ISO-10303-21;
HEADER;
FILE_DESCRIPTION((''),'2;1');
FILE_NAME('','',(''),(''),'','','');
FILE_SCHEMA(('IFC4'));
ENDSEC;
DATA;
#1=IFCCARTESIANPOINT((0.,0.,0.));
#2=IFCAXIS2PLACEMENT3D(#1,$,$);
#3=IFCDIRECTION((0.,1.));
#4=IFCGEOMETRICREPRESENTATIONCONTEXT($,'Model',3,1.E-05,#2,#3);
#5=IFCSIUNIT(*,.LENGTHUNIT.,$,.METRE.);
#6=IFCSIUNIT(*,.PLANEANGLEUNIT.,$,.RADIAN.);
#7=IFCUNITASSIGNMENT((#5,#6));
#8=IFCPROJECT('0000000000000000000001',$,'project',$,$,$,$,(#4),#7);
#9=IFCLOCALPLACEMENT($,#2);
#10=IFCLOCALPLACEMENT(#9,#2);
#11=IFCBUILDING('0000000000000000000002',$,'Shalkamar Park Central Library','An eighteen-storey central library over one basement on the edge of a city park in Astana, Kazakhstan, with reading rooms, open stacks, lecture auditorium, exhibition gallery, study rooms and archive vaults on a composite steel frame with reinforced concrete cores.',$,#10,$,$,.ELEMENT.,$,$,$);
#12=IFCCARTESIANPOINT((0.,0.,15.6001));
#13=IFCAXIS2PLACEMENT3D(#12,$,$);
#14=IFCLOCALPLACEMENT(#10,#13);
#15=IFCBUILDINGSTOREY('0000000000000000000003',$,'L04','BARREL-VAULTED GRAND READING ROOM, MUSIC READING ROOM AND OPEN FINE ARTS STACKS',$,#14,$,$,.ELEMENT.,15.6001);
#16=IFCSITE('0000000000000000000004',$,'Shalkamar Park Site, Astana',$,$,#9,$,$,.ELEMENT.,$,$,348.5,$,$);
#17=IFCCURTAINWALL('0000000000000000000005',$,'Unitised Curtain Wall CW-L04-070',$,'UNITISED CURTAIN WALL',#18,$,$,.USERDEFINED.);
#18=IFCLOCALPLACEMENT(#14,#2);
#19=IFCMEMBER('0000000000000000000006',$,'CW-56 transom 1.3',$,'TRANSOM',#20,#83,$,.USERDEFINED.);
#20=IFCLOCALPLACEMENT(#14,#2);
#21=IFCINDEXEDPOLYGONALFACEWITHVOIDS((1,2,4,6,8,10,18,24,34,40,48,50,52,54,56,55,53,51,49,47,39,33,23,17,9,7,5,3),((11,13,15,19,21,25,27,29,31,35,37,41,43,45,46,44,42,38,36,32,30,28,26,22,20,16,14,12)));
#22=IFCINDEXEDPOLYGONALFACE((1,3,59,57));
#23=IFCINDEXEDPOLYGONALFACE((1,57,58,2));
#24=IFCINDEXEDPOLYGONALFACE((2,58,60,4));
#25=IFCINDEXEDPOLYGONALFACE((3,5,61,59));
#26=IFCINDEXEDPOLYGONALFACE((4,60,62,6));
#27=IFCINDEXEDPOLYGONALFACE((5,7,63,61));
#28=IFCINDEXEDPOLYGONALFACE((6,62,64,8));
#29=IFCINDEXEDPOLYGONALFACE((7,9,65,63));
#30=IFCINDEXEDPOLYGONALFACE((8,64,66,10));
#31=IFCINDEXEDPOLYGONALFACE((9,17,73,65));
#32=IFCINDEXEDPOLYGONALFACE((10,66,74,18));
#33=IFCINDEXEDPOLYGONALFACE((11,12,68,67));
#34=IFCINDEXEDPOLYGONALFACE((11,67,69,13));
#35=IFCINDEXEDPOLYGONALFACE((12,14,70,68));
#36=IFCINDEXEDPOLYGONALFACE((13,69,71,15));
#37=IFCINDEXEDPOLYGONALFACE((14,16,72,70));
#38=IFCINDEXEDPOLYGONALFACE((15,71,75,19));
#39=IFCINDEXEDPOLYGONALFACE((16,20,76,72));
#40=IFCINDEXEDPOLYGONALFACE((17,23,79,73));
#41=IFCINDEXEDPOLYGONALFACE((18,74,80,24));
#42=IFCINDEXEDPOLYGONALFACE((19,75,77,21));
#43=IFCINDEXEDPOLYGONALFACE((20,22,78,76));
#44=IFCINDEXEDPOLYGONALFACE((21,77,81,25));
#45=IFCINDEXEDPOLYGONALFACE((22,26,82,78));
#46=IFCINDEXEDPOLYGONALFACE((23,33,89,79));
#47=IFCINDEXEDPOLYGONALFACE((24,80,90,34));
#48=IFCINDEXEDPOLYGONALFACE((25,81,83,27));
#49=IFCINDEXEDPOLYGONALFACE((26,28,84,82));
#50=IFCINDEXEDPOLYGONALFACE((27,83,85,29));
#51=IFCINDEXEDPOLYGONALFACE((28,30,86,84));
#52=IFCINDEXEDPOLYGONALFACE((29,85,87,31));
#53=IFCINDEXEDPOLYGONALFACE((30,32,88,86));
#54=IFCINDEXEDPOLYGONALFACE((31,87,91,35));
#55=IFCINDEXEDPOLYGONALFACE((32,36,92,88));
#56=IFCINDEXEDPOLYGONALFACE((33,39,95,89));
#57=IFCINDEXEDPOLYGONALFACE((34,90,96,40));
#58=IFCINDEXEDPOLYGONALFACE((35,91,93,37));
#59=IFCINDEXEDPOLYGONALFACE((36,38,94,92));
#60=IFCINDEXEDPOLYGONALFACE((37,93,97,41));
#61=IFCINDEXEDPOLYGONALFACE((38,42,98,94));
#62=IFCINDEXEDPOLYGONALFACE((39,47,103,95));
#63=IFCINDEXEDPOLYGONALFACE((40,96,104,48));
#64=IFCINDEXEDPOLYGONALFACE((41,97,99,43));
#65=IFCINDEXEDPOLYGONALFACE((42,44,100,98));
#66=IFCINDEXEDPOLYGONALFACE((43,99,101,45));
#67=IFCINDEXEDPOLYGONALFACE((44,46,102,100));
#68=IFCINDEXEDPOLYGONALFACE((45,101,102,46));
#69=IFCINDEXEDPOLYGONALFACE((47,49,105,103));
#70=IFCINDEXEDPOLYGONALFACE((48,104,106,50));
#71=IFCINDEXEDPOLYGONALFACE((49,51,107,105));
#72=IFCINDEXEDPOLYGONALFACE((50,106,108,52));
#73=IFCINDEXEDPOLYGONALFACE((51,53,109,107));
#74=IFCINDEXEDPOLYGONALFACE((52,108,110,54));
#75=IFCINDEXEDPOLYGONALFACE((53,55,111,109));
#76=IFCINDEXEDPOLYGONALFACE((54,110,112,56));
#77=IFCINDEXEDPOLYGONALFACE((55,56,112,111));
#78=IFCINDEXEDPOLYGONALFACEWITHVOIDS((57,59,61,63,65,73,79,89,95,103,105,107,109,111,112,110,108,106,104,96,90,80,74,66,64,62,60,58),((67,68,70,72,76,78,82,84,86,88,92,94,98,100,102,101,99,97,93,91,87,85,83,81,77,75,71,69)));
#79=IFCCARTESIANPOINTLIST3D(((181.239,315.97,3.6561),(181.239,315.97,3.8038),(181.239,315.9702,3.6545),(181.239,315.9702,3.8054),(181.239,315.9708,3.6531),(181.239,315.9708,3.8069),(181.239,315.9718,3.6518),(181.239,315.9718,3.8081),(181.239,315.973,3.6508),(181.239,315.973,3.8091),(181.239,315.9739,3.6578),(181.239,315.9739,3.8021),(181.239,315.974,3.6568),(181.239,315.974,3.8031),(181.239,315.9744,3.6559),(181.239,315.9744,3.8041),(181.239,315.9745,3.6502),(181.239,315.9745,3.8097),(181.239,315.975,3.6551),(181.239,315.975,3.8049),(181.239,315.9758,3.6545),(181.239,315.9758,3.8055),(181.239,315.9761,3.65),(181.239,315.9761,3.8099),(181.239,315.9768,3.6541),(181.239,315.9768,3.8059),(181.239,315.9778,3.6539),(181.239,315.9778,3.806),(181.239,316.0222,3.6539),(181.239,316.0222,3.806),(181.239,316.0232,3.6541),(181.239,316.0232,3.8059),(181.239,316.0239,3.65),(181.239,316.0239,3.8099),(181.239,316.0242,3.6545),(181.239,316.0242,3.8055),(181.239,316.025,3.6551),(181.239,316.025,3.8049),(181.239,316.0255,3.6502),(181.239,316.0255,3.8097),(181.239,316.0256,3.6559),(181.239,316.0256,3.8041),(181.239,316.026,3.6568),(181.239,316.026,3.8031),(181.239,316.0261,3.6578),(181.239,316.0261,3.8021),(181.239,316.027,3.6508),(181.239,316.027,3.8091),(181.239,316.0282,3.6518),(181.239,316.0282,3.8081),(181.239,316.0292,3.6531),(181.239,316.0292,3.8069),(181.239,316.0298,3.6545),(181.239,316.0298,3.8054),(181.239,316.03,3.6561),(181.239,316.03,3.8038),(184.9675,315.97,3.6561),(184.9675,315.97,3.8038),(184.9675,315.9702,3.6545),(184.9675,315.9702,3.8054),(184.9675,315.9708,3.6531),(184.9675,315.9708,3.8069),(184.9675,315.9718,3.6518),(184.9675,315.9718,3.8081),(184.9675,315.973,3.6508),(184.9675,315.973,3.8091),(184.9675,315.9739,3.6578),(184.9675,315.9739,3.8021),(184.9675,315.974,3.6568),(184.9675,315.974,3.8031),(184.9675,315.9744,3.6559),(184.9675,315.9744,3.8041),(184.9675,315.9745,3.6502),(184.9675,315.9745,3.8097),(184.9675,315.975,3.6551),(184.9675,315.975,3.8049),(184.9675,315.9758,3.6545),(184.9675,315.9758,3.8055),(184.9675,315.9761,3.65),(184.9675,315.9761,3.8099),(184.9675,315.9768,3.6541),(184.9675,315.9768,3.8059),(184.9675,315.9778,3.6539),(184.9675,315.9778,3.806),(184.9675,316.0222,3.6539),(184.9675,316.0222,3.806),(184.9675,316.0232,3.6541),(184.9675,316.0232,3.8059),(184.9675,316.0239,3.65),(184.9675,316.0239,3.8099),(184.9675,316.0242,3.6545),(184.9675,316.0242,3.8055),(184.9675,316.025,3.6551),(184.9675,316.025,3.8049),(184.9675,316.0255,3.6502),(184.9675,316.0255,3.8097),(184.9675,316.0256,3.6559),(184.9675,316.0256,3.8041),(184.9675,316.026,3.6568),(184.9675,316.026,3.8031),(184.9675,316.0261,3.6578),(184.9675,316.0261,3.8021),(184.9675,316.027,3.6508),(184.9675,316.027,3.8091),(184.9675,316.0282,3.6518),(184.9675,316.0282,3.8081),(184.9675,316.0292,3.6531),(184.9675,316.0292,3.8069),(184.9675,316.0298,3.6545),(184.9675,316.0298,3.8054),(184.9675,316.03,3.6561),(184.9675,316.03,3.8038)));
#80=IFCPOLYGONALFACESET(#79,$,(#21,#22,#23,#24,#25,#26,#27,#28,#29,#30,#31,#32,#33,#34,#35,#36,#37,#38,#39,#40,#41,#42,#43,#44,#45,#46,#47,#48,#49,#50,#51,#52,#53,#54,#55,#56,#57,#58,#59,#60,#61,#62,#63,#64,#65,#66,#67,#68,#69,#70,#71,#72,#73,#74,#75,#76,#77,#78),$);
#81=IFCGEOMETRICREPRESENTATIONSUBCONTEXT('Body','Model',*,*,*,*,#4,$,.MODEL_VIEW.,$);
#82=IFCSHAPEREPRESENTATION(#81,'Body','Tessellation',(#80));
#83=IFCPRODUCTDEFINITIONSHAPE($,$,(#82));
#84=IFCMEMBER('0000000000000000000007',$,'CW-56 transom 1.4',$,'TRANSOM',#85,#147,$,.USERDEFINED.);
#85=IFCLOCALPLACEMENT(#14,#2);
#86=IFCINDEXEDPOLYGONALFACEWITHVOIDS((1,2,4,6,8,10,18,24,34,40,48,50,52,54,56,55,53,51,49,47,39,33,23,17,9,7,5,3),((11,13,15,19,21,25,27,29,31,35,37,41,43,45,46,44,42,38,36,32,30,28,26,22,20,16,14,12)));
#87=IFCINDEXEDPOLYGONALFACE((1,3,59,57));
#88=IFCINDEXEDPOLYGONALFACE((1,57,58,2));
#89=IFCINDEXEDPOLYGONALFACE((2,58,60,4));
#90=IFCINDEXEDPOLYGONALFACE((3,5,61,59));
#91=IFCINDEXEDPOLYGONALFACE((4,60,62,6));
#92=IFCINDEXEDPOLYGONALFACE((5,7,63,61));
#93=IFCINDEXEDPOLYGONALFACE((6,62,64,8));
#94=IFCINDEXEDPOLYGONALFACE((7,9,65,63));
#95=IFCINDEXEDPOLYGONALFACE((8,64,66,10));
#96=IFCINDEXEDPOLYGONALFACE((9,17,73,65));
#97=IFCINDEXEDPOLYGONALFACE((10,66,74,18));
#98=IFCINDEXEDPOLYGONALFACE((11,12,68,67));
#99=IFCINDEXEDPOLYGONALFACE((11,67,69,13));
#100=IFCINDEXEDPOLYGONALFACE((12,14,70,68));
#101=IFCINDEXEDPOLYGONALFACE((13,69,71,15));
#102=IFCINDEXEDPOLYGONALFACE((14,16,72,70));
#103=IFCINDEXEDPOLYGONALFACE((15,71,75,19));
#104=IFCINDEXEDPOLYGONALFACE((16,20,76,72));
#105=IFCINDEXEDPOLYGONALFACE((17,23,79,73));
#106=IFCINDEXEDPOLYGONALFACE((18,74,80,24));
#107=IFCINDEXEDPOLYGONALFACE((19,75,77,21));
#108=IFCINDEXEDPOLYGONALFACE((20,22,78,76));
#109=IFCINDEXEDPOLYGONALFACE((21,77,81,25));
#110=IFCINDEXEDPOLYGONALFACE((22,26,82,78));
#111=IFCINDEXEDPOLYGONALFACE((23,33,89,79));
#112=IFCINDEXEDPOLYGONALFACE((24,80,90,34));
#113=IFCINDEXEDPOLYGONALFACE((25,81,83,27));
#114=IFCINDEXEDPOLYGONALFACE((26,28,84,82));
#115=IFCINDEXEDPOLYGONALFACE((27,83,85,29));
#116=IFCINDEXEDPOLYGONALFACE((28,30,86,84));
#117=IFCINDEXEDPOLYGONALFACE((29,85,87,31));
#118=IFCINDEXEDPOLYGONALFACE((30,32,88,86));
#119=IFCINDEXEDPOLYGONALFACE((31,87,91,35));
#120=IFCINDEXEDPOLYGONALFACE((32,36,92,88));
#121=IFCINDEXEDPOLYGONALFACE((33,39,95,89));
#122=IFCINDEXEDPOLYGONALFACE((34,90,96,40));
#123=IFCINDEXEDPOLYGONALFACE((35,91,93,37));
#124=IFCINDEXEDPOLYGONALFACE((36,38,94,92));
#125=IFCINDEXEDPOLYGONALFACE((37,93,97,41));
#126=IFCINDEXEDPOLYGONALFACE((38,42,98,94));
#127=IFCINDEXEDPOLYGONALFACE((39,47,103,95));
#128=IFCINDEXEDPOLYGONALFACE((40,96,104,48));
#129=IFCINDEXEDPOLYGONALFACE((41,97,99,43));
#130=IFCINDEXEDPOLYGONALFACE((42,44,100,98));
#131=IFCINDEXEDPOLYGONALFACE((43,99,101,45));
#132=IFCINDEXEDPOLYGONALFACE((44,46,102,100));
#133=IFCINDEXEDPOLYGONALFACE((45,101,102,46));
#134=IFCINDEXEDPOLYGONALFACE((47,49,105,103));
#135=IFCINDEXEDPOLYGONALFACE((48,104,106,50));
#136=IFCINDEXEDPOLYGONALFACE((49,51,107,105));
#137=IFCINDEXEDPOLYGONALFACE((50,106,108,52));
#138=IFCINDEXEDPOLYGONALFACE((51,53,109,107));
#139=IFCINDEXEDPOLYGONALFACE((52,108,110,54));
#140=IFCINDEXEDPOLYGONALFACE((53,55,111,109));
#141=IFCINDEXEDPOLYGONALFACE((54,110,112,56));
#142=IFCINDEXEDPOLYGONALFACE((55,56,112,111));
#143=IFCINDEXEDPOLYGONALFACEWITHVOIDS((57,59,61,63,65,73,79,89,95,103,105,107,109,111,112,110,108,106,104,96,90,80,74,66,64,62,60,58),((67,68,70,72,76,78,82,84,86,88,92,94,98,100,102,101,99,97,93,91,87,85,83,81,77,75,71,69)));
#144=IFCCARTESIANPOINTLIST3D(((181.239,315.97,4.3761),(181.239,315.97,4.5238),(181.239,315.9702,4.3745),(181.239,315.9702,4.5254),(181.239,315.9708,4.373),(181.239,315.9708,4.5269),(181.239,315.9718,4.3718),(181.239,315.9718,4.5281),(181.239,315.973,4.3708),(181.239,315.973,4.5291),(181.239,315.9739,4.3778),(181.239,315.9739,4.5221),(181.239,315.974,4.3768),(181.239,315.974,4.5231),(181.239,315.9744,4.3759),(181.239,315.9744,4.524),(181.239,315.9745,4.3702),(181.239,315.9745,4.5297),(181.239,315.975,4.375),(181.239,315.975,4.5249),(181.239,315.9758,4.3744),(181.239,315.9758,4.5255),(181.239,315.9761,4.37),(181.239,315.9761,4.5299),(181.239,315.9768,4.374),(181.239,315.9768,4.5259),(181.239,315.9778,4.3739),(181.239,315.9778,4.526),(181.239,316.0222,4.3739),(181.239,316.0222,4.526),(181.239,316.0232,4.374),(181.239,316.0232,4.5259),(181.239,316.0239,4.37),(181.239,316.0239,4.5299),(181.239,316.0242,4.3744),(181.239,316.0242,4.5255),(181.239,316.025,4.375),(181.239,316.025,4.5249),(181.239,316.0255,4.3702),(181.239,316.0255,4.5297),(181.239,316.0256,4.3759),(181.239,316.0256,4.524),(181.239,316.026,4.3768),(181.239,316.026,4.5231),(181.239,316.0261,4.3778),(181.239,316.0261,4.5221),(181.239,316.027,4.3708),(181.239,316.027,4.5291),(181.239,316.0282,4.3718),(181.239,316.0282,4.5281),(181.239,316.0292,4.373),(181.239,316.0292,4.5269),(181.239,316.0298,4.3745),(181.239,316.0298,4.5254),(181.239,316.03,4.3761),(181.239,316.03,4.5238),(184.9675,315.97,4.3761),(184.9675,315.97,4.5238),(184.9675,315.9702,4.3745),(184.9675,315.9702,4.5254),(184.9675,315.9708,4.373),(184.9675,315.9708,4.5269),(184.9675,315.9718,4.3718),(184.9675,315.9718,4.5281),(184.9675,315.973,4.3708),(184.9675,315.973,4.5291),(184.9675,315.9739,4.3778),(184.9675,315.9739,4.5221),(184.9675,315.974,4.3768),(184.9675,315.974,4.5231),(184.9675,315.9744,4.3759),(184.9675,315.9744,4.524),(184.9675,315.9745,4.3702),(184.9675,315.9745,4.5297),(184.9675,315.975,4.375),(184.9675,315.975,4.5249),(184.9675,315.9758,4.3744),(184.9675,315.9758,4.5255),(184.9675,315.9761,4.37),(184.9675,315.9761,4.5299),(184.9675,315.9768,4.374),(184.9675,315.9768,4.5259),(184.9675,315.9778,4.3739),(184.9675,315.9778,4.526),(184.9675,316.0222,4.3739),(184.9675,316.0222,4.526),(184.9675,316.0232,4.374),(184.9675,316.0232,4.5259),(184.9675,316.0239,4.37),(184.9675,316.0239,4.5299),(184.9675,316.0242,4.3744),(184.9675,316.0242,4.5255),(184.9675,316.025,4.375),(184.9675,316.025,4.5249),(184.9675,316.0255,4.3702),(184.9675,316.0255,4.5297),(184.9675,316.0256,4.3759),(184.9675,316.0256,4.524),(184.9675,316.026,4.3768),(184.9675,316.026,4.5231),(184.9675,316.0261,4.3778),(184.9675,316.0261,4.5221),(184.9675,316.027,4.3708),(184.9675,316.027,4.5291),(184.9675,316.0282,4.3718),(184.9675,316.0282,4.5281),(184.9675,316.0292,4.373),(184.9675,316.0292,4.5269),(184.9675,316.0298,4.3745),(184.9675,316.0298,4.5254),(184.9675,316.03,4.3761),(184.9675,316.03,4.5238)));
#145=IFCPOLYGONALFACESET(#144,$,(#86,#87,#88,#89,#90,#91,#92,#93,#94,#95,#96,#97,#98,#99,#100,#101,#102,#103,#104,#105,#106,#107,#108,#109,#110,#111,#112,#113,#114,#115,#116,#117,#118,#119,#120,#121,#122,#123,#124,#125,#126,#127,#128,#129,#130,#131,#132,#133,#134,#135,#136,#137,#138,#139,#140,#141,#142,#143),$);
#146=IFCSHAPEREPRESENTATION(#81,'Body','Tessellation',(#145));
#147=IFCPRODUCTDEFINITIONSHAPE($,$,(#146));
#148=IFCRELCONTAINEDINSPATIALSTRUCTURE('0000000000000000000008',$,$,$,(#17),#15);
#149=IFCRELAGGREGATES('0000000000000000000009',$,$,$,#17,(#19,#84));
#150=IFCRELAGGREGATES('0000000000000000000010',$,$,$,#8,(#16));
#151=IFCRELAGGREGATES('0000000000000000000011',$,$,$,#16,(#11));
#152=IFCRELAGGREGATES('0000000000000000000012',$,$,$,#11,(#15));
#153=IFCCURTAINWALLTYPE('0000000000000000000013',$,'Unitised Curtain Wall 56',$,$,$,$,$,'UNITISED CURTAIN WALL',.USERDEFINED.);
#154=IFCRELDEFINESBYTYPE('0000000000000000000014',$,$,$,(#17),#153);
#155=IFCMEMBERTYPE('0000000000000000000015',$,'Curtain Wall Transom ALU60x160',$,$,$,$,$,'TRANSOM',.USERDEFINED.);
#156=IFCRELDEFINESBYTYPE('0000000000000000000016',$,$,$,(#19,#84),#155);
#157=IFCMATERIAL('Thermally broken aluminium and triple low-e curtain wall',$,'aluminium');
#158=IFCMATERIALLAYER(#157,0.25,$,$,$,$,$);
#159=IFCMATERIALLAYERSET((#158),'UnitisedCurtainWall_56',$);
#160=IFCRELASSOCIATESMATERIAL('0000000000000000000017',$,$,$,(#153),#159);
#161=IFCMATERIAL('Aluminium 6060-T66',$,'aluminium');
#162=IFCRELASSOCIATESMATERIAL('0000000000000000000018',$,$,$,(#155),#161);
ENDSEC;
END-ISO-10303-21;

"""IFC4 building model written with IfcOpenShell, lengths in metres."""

from ifc_helpers import new_model, si_unit, direction, frame, origin, origin_2d, place, context, subcontext, project, spatial, hollow_rectangle, extrude, material, layer, layer_set, material_profile, profile_set, type_object, element, aggregate, save


model = new_model("IFC4")

# Units and contexts
model_context = context("Model", 3, precision=1e-05, world=origin(), true_north=direction((0.0, 1.0)))
body_context = subcontext(model_context, "Body", "Model", "MODEL_VIEW")
ifc_project = project(units=[si_unit("LENGTHUNIT", "METRE"), si_unit("PLANEANGLEUNIT", "RADIAN")], contexts=[model_context])

# Site, building, storey
site_placement = place(None, origin())
site = spatial("IfcSite", under=ifc_project, at=site_placement, Name="Shalkamar Park Site, Astana", CompositionType="ELEMENT", RefElevation=348.5)
building_placement = place(site_placement, origin())
building = spatial("IfcBuilding", under=site, at=building_placement, Name="Shalkamar Park Central Library", Description="An eighteen-storey central library over one basement on the edge of a city park in Astana, Kazakhstan, with reading rooms, open stacks, lecture auditorium, exhibition gallery, study rooms and archive vaults on a composite steel frame with reinforced concrete cores.", CompositionType="ELEMENT")
storey_placement = place(building_placement, frame((0.0, 0.0, 15.6001)))
storey = spatial("IfcBuildingStorey", under=building, at=storey_placement, Name="L04", Description="BARREL-VAULTED GRAND READING ROOM, MUSIC READING ROOM AND OPEN FINE ARTS STACKS", CompositionType="ELEMENT", Elevation=15.6001)

# Curtain wall
ifc_material_1 = material(Name="Thermally broken aluminium and triple low-e curtain wall", Category="aluminium")
ifc_layer_1 = layer(ifc_material_1, 0.25)
ifc_layer_set_1 = layer_set([ifc_layer_1], Name="UnitisedCurtainWall_56")
curtain_wall_type_1 = type_object("IfcCurtainWallType", Name="Unitised Curtain Wall 56", ElementType="UNITISED CURTAIN WALL", PredefinedType="USERDEFINED", material=ifc_layer_set_1)
curtain_wall_1_placement = place(storey_placement, origin())
curtain_wall_1 = element("IfcCurtainWall", 1, at=curtain_wall_1_placement, inside=storey, type_object=curtain_wall_type_1, Name="Unitised Curtain Wall CW-L04-070", ObjectType="UNITISED CURTAIN WALL", PredefinedType="USERDEFINED")
ifc_material_2 = material(Name="Aluminium 6060-T66", Category="aluminium")

# Members
ifc_material_profile_1 = material_profile(ifc_material_2, hollow_rectangle(XDim=0.0601, YDim=0.1599, WallThickness=0.0039, InnerFilletRadius=0.0039, OuterFilletRadius=0.0061, at=origin_2d()), Name="ALU 60x160x4")
ifc_profile_set_1 = profile_set([ifc_material_profile_1], Name="Aluminium 6060-T66")
member_type_1 = type_object("IfcMemberType", Name="Curtain Wall Transom ALU60x160", ElementType="TRANSOM", PredefinedType="USERDEFINED", material=ifc_profile_set_1)
member_1_placement = place(storey_placement, frame((181.239, 316.0, 3.73), z_axis=(1.0, 0.0, 0.0), x_axis=(0.0, 1.0, 0.0)))
member_1 = element("IfcMember", 2, at=member_1_placement, type_object=member_type_1, Name="CW-56 transom 1.3", ObjectType="TRANSOM", PredefinedType="USERDEFINED", context=body_context, shape_type="SweptSolid", body=[
    extrude(hollow_rectangle(XDim=0.0601, YDim=0.1599, WallThickness=0.0039, InnerFilletRadius=0.0039, OuterFilletRadius=0.0061, at=origin_2d()), origin(), (0.0, 0.0, 1.0), 3.7285),
])
member_2_placement = place(storey_placement, frame((181.239, 316.0, 4.45), z_axis=(1.0, 0.0, 0.0), x_axis=(0.0, 1.0, 0.0)))
member_2 = element("IfcMember", 3, at=member_2_placement, type_object=member_type_1, Name="CW-56 transom 1.4", ObjectType="TRANSOM", PredefinedType="USERDEFINED", context=body_context, shape_type="SweptSolid", body=[
    extrude(hollow_rectangle(XDim=0.0601, YDim=0.1599, WallThickness=0.0039, InnerFilletRadius=0.0039, OuterFilletRadius=0.0061, at=origin_2d()), origin(), (0.0, 0.0, 1.0), 3.7285),
])

aggregate(curtain_wall_1, [member_1, member_2])

save(model, "model.ifc")
